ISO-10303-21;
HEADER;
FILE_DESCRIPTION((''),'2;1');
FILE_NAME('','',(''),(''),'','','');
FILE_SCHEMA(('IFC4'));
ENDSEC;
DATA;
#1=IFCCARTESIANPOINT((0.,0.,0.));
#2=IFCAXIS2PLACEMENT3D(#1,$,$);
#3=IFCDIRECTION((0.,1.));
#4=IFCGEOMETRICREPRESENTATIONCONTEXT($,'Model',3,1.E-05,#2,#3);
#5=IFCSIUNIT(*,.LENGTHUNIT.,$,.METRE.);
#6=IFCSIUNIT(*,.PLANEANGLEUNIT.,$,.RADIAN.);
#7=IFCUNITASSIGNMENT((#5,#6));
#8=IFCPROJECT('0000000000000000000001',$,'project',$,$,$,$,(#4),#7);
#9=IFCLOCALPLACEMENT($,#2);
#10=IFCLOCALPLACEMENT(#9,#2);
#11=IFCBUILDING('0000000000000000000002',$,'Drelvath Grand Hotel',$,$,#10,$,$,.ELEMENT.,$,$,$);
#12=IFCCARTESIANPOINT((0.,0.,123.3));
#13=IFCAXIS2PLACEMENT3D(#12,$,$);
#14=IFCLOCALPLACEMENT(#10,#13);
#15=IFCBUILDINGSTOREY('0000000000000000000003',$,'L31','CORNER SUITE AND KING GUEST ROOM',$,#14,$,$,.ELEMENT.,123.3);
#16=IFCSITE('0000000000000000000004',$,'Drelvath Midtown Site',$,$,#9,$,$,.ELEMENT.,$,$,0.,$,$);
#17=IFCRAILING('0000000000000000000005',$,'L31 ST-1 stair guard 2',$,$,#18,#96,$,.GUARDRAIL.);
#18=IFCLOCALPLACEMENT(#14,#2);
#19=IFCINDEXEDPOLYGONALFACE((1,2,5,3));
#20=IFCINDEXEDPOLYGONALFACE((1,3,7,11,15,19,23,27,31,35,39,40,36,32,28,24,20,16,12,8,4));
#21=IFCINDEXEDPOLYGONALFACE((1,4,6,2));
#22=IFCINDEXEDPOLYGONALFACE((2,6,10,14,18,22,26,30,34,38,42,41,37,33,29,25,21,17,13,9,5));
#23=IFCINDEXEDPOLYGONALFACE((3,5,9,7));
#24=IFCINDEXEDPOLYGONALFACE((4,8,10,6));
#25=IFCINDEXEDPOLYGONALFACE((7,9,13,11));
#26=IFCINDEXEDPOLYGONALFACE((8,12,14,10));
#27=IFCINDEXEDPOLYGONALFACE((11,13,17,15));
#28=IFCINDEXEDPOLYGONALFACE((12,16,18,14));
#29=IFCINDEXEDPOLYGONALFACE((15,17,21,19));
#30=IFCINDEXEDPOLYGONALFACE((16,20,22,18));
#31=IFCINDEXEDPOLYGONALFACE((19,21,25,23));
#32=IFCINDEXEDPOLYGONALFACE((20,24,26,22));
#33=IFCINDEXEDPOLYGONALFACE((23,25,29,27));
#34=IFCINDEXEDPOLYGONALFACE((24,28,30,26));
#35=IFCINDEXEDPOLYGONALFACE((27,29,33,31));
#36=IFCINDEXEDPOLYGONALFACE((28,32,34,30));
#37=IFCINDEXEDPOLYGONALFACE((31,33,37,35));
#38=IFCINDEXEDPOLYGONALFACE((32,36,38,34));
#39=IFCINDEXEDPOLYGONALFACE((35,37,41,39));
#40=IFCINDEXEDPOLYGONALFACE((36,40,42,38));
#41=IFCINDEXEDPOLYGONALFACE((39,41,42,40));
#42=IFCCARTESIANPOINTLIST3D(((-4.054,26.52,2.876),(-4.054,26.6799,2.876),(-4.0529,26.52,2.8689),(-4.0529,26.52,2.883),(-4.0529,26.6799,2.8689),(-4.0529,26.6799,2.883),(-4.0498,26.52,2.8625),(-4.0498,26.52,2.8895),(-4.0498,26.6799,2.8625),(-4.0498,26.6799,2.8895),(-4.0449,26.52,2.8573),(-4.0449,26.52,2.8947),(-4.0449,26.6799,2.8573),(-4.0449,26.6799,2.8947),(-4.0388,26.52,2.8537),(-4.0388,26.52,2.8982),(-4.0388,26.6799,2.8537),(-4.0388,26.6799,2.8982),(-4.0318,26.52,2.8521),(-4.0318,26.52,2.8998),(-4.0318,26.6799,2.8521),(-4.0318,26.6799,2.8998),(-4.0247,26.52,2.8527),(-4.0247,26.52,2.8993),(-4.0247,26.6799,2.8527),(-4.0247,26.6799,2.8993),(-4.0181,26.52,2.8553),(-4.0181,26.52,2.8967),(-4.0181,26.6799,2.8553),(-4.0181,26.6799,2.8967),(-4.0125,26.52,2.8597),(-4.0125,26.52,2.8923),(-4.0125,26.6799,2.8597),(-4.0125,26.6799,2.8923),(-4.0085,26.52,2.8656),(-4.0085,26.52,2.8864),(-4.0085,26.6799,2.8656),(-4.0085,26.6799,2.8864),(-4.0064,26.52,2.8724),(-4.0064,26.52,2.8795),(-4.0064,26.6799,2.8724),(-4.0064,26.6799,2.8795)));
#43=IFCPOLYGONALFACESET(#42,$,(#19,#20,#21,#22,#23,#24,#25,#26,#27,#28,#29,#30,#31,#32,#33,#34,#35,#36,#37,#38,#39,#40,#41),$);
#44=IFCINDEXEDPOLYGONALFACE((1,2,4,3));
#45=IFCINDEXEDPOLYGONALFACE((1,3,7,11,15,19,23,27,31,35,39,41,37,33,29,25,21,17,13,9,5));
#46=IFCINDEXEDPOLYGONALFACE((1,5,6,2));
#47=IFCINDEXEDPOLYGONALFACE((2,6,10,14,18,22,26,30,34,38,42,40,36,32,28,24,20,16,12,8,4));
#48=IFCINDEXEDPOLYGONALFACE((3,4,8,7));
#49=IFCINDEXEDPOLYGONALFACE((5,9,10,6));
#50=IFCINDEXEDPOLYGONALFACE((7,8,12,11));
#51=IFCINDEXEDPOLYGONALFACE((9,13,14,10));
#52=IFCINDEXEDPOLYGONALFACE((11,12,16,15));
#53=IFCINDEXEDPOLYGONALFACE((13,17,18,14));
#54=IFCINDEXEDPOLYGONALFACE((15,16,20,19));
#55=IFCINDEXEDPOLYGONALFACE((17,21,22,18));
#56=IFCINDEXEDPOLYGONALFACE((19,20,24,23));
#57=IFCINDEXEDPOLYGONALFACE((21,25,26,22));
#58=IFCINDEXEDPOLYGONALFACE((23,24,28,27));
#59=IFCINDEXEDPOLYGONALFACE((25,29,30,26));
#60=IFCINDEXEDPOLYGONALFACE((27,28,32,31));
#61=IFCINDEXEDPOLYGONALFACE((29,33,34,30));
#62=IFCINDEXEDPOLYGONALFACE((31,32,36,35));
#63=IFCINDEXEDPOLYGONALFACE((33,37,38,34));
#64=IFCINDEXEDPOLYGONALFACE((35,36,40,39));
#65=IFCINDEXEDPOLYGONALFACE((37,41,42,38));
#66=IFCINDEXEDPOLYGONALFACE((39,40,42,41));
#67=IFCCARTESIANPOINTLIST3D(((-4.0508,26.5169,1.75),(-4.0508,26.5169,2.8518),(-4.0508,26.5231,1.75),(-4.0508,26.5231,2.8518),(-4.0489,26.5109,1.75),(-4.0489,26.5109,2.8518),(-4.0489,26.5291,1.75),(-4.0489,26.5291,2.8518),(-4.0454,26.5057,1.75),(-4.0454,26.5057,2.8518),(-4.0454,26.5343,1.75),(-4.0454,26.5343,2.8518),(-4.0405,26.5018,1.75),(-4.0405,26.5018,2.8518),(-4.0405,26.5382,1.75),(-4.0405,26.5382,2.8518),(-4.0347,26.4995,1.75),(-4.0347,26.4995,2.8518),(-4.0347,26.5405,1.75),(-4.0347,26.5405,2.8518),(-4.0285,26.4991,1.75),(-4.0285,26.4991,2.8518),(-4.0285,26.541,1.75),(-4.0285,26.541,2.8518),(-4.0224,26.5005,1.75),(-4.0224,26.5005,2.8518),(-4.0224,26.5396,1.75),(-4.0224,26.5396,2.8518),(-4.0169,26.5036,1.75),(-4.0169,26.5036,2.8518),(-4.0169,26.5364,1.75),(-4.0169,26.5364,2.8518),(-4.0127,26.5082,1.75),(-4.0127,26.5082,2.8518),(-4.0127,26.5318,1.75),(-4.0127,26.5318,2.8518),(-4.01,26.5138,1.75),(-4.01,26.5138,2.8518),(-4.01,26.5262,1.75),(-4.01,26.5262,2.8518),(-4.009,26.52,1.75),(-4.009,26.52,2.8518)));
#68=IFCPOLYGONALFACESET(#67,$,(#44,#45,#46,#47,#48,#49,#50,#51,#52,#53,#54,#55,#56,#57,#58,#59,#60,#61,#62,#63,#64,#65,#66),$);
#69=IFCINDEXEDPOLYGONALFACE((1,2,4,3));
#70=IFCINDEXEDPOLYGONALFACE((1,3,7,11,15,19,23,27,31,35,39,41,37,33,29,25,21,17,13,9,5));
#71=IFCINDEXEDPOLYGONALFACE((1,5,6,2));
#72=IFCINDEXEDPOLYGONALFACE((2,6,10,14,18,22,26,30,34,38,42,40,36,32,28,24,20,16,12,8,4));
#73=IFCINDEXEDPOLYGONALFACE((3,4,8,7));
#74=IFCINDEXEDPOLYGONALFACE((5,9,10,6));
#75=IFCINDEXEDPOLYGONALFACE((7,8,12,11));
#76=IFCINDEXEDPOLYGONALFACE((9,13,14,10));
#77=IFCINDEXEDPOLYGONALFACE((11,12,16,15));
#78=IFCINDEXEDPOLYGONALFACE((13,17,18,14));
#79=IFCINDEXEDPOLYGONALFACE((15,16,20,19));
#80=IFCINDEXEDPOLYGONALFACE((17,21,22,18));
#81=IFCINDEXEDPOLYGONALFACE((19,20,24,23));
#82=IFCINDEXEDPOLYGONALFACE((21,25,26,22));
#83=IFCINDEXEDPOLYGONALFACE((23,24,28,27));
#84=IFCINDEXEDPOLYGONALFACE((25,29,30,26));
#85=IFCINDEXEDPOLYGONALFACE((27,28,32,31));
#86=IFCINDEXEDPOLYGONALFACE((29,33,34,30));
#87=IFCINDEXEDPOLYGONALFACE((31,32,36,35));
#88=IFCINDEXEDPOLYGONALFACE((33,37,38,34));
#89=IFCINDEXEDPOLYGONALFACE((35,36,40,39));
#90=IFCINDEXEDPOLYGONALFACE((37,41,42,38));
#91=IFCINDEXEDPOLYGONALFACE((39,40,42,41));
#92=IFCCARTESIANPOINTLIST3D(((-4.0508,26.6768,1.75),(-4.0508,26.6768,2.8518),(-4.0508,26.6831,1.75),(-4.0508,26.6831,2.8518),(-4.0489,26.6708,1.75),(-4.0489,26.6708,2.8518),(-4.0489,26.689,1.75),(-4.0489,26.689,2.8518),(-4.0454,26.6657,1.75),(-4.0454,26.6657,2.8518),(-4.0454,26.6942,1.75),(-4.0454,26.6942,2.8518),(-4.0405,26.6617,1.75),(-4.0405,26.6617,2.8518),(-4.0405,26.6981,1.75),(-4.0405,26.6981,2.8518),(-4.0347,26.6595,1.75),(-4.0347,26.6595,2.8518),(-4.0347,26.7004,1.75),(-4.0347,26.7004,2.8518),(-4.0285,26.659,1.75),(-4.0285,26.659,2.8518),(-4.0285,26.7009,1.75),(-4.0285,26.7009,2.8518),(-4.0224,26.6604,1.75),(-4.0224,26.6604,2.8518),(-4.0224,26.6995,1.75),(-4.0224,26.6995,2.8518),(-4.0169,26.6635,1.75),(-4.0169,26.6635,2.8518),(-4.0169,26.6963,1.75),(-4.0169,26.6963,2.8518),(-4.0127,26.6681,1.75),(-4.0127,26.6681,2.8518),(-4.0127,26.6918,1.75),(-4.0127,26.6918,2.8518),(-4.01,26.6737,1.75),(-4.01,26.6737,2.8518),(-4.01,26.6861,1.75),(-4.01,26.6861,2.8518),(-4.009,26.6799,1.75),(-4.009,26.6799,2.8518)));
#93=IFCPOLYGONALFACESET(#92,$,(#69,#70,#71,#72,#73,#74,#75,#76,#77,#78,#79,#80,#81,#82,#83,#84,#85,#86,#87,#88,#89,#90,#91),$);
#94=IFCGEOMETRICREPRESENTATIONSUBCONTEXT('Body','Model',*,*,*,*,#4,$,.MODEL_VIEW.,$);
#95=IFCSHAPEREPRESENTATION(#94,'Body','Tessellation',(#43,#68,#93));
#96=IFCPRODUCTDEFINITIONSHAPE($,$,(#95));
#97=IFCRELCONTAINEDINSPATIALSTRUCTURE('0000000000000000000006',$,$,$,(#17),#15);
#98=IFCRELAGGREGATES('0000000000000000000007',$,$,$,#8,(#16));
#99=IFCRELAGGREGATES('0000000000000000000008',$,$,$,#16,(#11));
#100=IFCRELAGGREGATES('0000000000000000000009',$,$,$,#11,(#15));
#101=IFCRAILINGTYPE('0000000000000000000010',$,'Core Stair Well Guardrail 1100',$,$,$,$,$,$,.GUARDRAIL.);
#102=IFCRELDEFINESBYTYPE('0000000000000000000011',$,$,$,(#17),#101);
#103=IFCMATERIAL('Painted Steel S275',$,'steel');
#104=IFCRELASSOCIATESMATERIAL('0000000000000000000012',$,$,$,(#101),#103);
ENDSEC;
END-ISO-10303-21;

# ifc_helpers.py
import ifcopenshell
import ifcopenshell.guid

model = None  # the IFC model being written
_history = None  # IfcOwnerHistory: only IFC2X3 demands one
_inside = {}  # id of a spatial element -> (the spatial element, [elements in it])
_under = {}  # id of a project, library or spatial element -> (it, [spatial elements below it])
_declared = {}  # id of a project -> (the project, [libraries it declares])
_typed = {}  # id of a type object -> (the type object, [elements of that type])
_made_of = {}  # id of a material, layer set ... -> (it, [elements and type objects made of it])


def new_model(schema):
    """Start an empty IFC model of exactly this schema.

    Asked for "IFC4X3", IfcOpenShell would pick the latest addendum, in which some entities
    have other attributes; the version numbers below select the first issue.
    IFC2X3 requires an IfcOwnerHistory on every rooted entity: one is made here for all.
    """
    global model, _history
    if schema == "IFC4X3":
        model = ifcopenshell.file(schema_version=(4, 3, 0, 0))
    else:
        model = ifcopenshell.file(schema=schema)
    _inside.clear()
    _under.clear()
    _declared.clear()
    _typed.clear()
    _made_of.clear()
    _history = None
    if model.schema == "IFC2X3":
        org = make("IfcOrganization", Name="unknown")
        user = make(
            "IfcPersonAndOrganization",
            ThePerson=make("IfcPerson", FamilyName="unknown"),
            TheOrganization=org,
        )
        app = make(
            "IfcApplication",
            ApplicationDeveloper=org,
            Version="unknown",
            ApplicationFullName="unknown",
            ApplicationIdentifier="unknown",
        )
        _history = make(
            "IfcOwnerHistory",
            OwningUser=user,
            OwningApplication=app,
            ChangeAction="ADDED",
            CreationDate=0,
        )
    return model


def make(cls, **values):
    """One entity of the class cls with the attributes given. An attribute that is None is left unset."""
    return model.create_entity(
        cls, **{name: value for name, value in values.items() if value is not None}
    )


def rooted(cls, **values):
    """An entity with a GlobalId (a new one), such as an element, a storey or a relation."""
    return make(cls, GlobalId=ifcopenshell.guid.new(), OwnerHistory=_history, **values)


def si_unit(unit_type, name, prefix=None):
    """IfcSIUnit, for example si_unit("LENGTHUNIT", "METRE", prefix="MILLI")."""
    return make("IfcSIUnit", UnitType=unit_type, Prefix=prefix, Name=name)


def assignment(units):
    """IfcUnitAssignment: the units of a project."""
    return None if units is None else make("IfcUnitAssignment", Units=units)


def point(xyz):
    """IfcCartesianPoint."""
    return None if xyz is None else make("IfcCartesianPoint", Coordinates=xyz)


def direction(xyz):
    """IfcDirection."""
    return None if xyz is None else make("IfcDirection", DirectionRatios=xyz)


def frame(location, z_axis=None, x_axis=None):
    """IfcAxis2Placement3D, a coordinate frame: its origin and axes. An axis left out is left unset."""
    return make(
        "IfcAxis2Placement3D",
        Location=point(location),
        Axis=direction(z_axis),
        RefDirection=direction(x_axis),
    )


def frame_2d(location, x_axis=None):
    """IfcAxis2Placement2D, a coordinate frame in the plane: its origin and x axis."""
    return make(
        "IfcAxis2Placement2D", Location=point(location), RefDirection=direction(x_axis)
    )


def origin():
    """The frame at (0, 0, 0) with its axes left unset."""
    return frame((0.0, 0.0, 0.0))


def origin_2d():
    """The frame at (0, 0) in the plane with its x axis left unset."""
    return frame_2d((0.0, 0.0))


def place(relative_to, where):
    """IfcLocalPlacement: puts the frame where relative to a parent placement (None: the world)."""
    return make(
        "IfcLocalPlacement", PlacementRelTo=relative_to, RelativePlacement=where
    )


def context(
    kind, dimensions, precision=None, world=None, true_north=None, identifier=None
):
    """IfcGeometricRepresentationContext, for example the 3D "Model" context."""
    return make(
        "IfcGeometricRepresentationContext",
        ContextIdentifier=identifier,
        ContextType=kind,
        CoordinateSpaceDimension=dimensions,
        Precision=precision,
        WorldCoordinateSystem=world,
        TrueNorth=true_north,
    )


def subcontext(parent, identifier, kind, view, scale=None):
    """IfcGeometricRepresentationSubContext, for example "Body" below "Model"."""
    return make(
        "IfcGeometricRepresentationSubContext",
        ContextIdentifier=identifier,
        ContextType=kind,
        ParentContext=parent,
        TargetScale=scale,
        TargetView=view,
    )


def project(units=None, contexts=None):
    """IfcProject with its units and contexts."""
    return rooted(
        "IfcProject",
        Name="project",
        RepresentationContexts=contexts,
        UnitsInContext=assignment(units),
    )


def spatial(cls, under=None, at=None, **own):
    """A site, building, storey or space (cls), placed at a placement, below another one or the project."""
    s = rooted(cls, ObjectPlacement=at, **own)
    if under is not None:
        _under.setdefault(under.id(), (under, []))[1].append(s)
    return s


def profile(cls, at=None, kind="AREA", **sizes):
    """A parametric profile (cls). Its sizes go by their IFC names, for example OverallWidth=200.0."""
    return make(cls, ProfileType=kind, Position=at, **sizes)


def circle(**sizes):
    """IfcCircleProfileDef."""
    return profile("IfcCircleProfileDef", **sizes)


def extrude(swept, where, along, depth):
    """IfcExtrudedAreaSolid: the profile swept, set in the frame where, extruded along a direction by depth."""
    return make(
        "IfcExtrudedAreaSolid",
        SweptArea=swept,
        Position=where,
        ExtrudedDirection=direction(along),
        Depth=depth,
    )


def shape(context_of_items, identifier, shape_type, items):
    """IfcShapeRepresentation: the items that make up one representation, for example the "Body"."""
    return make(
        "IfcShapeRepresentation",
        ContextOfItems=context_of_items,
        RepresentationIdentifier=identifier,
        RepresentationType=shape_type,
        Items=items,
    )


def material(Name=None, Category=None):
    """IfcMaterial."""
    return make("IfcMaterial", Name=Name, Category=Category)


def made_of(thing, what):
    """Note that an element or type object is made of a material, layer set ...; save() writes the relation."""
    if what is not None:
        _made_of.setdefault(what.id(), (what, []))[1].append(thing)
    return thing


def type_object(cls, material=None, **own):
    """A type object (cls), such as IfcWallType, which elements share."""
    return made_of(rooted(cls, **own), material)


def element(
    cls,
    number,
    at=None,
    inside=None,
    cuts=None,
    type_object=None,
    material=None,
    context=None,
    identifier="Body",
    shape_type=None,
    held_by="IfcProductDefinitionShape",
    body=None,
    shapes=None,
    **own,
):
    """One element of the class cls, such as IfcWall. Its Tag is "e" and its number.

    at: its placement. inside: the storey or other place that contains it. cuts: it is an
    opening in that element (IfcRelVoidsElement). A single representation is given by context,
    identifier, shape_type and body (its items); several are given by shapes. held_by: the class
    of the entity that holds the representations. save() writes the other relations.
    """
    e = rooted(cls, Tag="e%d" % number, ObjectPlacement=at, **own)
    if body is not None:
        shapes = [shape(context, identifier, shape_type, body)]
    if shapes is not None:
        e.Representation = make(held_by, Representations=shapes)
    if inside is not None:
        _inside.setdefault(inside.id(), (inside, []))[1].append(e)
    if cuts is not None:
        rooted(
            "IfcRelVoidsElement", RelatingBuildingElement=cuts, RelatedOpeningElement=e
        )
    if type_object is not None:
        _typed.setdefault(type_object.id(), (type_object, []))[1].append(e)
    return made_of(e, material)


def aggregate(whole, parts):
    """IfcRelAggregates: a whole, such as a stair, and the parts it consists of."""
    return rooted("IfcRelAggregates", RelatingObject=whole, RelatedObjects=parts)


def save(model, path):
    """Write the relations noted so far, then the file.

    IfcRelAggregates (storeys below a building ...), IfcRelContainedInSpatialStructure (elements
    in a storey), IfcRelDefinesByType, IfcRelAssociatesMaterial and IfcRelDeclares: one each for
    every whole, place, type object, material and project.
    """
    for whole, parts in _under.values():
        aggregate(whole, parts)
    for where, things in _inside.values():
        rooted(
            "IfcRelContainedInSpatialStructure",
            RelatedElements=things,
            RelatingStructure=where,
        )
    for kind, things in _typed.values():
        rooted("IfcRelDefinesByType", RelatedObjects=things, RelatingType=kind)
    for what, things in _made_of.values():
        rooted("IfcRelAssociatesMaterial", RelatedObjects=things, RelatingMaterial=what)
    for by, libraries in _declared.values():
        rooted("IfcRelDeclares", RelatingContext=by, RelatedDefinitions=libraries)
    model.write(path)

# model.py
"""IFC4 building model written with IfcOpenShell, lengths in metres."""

from ifc_helpers import new_model, si_unit, direction, frame, origin, origin_2d, place, context, subcontext, project, spatial, circle, extrude, material, type_object, element, save


model = new_model("IFC4")

# Units and contexts
model_context = context("Model", 3, precision=1e-05, world=origin(), true_north=direction((0.0, 1.0)))
body_context = subcontext(model_context, "Body", "Model", "MODEL_VIEW")
ifc_project = project(units=[si_unit("LENGTHUNIT", "METRE"), si_unit("PLANEANGLEUNIT", "RADIAN")], contexts=[model_context])

# Site, building, storey
site_placement = place(None, origin())
site = spatial("IfcSite", under=ifc_project, at=site_placement, Name="Drelvath Midtown Site", CompositionType="ELEMENT", RefElevation=0.0)
building_placement = place(site_placement, origin())
building = spatial("IfcBuilding", under=site, at=building_placement, Name="Drelvath Grand Hotel", CompositionType="ELEMENT")
storey_placement = place(building_placement, frame((0.0, 0.0, 123.3)))
storey = spatial("IfcBuildingStorey", under=building, at=storey_placement, Name="L31", Description="CORNER SUITE AND KING GUEST ROOM", CompositionType="ELEMENT", Elevation=123.3)

# Shared definitions
ifc_material_1 = material(Name="Painted Steel S275", Category="steel")

# Railing
railing_type_1 = type_object("IfcRailingType", Name="Core Stair Well Guardrail 1100", PredefinedType="GUARDRAIL", material=ifc_material_1)
railing_1_placement = place(storey_placement, frame((-4.03, 26.52, 1.75)))
element("IfcRailing", 1, at=railing_1_placement, inside=storey, type_object=railing_type_1, Name="L31 ST-1 stair guard 2", PredefinedType="GUARDRAIL", context=body_context, shape_type="SweptSolid", body=[
    extrude(circle(Radius=0.0239, at=origin_2d()), frame((0.0, 0.0, 1.126), z_axis=(0.0, 1.0, 0.0), x_axis=(-1.0, 0.0, 0.0)), (0.0, 0.0, 1.0), 0.1599),
    extrude(circle(Radius=0.021, at=origin_2d()), origin(), (0.0, 0.0, 1.0), 1.1018),
    extrude(circle(Radius=0.021, at=origin_2d()), frame((0.0, 0.1599, 0.0)), (0.0, 0.0, 1.0), 1.1018),
])

save(model, "model.ifc")
